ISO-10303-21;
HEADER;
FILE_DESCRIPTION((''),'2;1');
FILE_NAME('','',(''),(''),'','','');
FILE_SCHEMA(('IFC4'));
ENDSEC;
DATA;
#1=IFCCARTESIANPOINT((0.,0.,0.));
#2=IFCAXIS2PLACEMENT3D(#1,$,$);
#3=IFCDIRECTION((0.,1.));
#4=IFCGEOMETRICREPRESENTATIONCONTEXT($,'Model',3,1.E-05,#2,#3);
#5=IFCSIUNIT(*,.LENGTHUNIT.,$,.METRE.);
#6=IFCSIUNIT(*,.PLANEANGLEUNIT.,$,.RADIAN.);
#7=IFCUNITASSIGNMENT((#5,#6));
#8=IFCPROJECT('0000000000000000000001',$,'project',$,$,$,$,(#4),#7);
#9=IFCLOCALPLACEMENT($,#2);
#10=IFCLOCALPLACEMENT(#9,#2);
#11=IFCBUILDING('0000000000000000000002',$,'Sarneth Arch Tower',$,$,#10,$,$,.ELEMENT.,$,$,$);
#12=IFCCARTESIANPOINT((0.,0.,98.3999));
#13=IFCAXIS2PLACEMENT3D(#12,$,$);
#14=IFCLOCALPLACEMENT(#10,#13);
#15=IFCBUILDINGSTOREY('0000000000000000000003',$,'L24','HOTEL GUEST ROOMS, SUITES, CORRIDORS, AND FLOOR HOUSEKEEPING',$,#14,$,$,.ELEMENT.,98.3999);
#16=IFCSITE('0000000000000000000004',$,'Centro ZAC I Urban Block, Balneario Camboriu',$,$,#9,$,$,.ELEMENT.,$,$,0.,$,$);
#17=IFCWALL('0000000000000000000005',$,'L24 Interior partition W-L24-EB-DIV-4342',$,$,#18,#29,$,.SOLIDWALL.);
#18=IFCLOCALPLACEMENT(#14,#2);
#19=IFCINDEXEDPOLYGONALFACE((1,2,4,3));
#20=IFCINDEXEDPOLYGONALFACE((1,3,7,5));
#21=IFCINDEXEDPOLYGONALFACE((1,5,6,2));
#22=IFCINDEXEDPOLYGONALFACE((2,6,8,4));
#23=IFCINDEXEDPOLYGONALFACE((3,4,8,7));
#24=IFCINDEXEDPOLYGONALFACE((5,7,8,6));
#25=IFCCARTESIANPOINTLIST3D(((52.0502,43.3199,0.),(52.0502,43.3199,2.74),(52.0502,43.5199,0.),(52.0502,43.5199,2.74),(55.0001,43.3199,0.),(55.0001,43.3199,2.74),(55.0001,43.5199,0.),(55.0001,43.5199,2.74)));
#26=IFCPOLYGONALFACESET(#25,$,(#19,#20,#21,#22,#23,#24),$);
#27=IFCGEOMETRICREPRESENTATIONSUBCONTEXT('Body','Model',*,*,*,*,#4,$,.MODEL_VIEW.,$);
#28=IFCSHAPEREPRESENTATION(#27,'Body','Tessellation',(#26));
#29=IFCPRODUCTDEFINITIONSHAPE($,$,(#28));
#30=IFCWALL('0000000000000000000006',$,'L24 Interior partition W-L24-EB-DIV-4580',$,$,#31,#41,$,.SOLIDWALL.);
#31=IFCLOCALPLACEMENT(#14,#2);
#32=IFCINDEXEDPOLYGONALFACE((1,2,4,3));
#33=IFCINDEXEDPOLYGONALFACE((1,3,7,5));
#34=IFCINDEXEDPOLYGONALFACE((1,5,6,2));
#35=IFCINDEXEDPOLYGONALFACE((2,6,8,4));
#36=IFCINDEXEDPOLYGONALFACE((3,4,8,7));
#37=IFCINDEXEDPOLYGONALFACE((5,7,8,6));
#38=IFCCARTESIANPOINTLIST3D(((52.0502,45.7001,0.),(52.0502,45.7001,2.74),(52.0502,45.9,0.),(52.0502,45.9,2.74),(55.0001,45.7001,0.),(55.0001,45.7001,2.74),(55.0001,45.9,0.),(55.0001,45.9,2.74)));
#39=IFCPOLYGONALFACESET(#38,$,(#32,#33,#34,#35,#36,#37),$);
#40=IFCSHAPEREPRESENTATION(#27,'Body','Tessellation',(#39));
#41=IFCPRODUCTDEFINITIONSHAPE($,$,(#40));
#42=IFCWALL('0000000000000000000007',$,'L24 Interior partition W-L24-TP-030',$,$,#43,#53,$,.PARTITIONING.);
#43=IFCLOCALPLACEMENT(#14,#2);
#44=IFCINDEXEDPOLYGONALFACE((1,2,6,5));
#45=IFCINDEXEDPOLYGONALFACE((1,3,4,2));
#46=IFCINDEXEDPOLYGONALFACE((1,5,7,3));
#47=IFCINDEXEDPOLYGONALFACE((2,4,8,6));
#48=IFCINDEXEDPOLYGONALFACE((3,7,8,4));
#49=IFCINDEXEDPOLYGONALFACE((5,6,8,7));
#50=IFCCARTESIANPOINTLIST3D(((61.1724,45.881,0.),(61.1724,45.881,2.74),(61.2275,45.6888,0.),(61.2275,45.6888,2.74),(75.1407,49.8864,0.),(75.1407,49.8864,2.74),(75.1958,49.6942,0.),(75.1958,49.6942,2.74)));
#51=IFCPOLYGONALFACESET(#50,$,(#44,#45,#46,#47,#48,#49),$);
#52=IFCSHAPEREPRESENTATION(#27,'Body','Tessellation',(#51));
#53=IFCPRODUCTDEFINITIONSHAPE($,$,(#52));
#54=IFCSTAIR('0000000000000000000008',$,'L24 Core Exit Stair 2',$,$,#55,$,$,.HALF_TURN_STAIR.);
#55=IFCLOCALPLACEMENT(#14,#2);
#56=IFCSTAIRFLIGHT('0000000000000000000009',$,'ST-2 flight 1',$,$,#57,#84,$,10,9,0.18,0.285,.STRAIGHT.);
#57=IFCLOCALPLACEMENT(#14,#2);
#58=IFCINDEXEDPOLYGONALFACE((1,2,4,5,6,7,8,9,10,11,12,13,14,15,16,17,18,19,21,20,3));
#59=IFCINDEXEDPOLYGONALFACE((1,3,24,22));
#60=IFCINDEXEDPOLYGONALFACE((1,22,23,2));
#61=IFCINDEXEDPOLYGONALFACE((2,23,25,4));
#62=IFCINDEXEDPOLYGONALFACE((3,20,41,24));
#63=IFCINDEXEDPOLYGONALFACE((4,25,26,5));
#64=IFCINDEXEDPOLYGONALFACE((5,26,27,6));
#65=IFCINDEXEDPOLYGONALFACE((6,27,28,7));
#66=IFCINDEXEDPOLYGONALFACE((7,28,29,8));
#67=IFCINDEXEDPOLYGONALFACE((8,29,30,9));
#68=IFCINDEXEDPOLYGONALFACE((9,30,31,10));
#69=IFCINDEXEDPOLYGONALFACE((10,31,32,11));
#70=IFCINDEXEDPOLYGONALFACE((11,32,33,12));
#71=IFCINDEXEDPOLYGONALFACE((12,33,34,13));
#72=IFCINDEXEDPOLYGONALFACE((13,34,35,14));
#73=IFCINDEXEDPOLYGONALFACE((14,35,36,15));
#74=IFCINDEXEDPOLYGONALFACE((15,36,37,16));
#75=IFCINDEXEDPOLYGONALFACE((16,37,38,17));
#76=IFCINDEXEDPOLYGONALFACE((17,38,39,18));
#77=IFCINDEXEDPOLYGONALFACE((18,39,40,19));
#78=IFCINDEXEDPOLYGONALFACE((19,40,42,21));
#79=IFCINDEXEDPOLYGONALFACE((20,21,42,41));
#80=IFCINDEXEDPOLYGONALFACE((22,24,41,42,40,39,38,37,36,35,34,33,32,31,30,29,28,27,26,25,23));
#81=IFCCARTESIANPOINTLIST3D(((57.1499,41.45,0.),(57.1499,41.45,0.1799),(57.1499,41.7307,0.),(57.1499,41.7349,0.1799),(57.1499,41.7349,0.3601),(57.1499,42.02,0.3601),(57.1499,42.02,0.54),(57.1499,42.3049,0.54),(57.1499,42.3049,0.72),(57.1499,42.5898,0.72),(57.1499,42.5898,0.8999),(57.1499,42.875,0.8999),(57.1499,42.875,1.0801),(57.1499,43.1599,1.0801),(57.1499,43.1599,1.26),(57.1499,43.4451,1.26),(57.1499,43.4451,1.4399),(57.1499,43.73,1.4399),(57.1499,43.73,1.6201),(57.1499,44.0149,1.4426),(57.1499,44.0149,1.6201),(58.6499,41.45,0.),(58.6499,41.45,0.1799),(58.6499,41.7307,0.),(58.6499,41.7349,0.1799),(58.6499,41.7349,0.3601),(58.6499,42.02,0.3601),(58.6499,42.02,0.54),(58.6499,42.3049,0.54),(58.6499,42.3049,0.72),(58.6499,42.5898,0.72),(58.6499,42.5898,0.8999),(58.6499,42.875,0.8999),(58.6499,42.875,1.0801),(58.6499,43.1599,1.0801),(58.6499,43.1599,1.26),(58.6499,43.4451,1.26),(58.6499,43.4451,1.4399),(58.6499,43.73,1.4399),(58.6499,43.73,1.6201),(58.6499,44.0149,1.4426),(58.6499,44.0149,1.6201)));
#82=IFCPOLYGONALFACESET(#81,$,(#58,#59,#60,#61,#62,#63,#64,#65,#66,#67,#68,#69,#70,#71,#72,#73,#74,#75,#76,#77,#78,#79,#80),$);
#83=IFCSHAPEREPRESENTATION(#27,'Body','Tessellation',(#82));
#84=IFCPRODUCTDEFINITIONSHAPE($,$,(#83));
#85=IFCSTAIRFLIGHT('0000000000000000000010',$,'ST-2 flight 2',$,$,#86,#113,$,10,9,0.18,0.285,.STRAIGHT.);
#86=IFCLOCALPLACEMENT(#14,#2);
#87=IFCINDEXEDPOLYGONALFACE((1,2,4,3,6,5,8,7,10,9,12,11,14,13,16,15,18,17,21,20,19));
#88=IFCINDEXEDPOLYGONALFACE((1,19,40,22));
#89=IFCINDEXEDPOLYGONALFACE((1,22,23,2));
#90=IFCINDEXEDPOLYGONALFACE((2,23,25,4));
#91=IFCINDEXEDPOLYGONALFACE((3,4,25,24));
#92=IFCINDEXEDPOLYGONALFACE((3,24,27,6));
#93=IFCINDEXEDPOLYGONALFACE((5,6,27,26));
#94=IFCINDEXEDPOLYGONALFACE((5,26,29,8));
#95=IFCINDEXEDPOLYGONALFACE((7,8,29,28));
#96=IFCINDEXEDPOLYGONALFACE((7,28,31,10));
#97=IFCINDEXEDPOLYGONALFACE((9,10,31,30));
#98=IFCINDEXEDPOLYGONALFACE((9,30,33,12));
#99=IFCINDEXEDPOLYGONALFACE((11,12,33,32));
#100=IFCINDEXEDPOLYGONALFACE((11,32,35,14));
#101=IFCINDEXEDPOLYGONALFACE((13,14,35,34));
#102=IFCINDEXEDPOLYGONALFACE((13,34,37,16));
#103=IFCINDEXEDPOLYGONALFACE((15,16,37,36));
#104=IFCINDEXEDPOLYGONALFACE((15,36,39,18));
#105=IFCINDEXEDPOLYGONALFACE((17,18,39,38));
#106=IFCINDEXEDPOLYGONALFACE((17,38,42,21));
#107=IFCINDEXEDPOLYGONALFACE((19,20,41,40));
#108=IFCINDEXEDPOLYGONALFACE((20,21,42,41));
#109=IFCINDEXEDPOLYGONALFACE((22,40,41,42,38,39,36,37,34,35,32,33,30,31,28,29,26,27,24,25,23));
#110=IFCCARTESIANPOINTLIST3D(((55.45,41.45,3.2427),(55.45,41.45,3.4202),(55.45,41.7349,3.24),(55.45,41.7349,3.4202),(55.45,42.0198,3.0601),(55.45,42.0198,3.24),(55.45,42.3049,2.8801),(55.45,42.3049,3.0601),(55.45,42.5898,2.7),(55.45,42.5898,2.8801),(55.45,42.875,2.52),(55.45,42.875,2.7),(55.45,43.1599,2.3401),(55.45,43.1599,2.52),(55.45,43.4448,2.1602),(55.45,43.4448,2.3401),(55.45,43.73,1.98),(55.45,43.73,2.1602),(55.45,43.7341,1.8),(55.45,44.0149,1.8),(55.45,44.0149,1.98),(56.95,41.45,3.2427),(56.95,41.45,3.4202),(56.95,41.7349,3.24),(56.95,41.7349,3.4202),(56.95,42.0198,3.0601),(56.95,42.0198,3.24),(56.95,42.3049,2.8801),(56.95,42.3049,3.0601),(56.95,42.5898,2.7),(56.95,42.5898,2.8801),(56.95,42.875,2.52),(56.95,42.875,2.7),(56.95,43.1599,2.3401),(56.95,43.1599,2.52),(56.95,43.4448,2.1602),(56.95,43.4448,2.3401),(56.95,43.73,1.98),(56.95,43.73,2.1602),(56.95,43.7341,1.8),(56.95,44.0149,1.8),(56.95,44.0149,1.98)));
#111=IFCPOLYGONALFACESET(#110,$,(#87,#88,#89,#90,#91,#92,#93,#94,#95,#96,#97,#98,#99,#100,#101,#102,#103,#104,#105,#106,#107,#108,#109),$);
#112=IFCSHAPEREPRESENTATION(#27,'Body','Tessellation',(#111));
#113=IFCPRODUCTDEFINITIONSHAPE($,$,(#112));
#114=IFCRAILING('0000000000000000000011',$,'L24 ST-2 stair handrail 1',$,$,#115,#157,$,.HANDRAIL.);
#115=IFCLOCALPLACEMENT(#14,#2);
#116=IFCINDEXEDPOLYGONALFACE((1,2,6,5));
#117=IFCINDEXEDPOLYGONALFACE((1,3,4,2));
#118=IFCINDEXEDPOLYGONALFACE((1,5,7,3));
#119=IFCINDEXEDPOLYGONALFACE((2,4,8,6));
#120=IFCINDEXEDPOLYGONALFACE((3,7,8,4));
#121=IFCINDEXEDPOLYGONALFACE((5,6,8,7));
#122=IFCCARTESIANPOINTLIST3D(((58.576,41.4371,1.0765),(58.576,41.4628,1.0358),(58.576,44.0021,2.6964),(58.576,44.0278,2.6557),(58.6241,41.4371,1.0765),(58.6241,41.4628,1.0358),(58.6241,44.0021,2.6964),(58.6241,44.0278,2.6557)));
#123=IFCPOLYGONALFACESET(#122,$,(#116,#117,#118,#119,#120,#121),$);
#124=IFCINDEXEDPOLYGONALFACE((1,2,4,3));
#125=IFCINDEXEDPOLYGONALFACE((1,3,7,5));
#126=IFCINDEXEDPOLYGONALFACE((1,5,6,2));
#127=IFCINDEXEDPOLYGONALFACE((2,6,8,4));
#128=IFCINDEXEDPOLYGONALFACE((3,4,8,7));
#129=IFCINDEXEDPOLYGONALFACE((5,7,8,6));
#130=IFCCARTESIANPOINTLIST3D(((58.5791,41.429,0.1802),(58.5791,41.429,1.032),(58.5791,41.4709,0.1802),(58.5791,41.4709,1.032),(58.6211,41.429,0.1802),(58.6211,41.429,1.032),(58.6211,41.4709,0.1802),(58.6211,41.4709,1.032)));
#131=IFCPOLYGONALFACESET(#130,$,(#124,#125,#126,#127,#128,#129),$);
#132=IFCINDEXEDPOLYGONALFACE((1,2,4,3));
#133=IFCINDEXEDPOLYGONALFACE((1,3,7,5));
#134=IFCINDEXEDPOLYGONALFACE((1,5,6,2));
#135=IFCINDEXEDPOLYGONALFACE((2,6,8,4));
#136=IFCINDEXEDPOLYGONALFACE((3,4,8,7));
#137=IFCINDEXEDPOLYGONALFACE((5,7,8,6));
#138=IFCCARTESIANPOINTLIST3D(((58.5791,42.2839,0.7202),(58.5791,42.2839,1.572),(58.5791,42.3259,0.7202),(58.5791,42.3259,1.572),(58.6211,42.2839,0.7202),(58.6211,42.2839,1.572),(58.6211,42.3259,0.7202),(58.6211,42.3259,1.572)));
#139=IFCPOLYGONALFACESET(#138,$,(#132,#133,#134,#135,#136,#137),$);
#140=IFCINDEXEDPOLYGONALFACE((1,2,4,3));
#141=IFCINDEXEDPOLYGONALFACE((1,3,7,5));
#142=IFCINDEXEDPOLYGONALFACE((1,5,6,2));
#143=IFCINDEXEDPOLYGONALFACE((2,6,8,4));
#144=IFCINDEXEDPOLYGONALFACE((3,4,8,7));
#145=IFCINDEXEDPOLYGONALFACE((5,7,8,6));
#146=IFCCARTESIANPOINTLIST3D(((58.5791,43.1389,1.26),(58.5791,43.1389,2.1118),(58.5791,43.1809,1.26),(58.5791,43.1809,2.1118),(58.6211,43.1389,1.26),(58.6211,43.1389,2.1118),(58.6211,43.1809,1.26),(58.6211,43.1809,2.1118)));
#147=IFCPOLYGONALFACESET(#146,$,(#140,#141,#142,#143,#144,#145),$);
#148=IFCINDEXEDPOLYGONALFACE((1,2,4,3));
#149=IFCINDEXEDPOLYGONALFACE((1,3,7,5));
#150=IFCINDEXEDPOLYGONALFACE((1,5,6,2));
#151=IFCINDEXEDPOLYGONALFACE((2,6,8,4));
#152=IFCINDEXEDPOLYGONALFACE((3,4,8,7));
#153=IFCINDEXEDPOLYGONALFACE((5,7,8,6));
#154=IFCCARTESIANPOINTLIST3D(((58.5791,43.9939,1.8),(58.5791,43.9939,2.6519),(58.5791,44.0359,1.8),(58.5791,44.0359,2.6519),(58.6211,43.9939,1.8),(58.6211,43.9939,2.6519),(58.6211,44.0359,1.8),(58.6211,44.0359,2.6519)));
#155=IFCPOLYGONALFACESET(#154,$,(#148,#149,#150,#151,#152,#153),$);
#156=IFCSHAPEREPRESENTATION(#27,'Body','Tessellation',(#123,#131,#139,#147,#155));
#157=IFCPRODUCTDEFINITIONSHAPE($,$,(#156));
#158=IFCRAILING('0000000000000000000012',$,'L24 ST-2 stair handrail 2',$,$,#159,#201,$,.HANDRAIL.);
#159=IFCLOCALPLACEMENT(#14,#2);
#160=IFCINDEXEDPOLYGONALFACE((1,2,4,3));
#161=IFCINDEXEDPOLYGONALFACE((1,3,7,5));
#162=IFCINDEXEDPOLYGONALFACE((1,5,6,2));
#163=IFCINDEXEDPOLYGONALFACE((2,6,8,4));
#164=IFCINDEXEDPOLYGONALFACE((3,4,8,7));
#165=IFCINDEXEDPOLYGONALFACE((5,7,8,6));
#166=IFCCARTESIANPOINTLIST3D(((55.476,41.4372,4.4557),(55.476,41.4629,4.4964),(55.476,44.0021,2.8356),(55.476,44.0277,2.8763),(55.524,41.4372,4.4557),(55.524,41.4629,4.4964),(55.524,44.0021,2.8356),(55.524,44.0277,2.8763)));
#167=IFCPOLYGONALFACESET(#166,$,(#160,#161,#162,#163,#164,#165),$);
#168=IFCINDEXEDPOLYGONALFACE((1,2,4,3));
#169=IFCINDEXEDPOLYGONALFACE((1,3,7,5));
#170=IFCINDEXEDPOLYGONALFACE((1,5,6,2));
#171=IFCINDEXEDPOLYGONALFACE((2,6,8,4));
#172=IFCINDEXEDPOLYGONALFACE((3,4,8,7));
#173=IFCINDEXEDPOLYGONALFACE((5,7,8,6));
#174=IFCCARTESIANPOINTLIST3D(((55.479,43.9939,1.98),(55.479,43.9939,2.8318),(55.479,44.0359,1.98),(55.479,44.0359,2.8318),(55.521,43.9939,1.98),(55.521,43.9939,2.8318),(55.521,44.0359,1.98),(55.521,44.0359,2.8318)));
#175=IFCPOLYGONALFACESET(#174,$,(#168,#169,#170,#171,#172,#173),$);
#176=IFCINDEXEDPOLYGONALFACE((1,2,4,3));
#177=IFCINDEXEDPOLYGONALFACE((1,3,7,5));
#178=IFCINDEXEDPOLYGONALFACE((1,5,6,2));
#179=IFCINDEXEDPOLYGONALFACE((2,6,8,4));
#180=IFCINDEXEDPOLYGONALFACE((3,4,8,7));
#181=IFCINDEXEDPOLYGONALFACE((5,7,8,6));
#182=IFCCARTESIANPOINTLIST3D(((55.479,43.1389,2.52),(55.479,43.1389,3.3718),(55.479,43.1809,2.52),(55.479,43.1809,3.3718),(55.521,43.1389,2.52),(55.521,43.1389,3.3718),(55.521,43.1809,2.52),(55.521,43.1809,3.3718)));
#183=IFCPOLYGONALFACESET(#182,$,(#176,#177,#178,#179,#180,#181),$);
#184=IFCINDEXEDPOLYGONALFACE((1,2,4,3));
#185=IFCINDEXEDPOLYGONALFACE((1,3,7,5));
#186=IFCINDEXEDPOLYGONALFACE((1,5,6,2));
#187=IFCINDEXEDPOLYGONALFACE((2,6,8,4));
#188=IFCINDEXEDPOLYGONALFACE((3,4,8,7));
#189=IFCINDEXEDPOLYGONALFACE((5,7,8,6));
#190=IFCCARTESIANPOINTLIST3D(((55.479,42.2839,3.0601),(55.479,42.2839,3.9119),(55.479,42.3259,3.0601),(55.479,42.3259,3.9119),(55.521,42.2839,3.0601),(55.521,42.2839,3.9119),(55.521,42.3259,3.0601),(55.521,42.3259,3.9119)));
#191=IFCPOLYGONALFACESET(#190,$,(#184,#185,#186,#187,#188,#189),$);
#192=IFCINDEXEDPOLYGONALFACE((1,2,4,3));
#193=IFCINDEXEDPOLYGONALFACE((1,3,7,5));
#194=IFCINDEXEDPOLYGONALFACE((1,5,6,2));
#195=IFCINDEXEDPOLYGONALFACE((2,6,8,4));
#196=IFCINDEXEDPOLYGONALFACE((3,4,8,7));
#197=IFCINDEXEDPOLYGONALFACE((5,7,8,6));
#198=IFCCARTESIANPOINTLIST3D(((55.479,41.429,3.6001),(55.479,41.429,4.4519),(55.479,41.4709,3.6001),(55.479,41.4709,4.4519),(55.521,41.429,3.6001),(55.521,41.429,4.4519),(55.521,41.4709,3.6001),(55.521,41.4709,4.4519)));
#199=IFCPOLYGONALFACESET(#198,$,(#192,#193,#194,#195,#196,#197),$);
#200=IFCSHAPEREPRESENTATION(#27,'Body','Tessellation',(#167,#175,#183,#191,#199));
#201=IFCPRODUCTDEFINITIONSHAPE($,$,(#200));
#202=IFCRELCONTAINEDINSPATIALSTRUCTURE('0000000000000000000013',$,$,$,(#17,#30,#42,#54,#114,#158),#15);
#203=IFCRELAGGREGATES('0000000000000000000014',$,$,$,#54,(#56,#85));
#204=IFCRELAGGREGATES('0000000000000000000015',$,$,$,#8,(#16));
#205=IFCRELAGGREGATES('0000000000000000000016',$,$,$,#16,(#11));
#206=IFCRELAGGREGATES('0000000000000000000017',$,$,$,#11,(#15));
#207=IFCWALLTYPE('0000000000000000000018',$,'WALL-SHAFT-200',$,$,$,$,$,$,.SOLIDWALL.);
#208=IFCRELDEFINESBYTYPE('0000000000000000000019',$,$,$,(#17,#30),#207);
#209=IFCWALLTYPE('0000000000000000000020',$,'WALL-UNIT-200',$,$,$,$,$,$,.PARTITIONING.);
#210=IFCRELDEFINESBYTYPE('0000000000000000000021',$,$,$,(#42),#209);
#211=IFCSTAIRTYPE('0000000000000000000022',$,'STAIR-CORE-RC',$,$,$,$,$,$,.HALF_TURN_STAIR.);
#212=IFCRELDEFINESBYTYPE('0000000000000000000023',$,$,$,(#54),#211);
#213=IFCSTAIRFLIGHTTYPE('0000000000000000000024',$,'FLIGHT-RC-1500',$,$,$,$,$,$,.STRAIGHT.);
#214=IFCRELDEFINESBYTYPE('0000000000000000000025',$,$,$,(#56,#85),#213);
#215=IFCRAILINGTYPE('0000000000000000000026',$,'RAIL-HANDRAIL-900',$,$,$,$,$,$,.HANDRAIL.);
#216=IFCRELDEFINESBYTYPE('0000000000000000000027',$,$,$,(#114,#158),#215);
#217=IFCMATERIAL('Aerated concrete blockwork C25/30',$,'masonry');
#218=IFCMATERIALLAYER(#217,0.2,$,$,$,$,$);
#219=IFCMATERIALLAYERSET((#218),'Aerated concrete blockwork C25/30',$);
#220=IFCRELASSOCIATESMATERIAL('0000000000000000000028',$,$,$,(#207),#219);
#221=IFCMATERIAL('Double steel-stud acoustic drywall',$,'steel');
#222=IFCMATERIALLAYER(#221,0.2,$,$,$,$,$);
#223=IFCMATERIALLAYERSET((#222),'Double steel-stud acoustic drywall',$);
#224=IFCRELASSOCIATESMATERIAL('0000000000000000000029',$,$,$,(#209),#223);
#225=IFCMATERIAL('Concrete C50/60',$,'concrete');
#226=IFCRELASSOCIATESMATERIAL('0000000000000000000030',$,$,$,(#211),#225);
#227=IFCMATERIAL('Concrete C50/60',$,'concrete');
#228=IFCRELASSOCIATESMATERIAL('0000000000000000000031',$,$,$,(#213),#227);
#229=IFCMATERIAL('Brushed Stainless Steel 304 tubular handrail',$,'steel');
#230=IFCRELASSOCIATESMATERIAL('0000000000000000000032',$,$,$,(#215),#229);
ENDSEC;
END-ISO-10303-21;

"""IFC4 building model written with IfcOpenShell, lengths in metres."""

from ifc_helpers import new_model, si_unit, direction, frame, frame_2d, origin, origin_2d, place, context, subcontext, project, spatial, polyline, rectangle, outline, extrude, material, layer, layer_set, type_object, element, aggregate, save


model = new_model("IFC4")

# Units and contexts
model_context = context("Model", 3, precision=1e-05, world=origin(), true_north=direction((0.0, 1.0)))
body_context = subcontext(model_context, "Body", "Model", "MODEL_VIEW")
ifc_project = project(units=[si_unit("LENGTHUNIT", "METRE"), si_unit("PLANEANGLEUNIT", "RADIAN")], contexts=[model_context])

# Site, building, storey
site_placement = place(None, origin())
site = spatial("IfcSite", under=ifc_project, at=site_placement, Name="Centro ZAC I Urban Block, Balneario Camboriu", CompositionType="ELEMENT", RefElevation=0.0)
building_placement = place(site_placement, origin())
building = spatial("IfcBuilding", under=site, at=building_placement, Name="Sarneth Arch Tower", CompositionType="ELEMENT")
storey_placement = place(building_placement, frame((0.0, 0.0, 98.3999)))
storey = spatial("IfcBuildingStorey", under=building, at=storey_placement, Name="L24", Description="HOTEL GUEST ROOMS, SUITES, CORRIDORS, AND FLOOR HOUSEKEEPING", CompositionType="ELEMENT", Elevation=98.3999)

# Walls
ifc_material_1 = material(Name="Aerated concrete blockwork C25/30", Category="masonry")
ifc_layer_1 = layer(ifc_material_1, 0.2)
ifc_layer_set_1 = layer_set([ifc_layer_1], Name="Aerated concrete blockwork C25/30")
wall_type_1 = type_object("IfcWallType", Name="WALL-SHAFT-200", PredefinedType="SOLIDWALL", material=ifc_layer_set_1)
for number, where, z_axis, x_axis, name in (
    (1, (52.05, 43.4199, 0.0), (0.0, 0.0, 1.0), (1.0, 0.0, 0.0), "L24 Interior partition W-L24-EB-DIV-4342"),
    (2, (52.05, 45.8, 0.0), (0.0, 0.0, 1.0), (1.0, 0.0, 0.0), "L24 Interior partition W-L24-EB-DIV-4580"),
):
    element("IfcWall", number, at=place(storey_placement, frame(where, z_axis=z_axis, x_axis=x_axis)), inside=storey, type_object=wall_type_1, Name=name, PredefinedType="SOLIDWALL", context=body_context, shape_type="SweptSolid", body=[
        extrude(rectangle(XDim=2.95, YDim=0.2, at=frame_2d((1.4751, 0.0))), origin(), (0.0, 0.0, 1.0), 2.74),
    ])
ifc_material_2 = material(Name="Double steel-stud acoustic drywall", Category="steel")
ifc_layer_2 = layer(ifc_material_2, 0.2)
ifc_layer_set_2 = layer_set([ifc_layer_2], Name="Double steel-stud acoustic drywall")
wall_type_2 = type_object("IfcWallType", Name="WALL-UNIT-200", PredefinedType="PARTITIONING", material=ifc_layer_set_2)
wall_1_placement = place(storey_placement, frame((61.2, 45.7849, 0.0), z_axis=(0.0, 0.0, 1.0), x_axis=(0.961261, 0.27564, 0.0)))
element("IfcWall", 3, at=wall_1_placement, inside=storey, type_object=wall_type_2, Name="L24 Interior partition W-L24-TP-030", PredefinedType="PARTITIONING", context=body_context, shape_type="SweptSolid", body=[
    extrude(rectangle(XDim=14.5312, YDim=0.2, at=frame_2d((7.2656, 0.0))), origin(), (0.0, 0.0, 1.0), 2.74),
])

# Stair, stair flights
ifc_material_3 = material(Name="Concrete C50/60", Category="concrete")
stair_type = type_object("IfcStairType", Name="STAIR-CORE-RC", PredefinedType="HALF_TURN_STAIR", material=ifc_material_3)
stair_placement = place(storey_placement, origin())
stair = element("IfcStair", 4, at=stair_placement, inside=storey, type_object=stair_type, Name="L24 Core Exit Stair 2", PredefinedType="HALF_TURN_STAIR")
ifc_material_4 = material(Name="Concrete C50/60", Category="concrete")
stair_flight_type = type_object("IfcStairFlightType", Name="FLIGHT-RC-1500", PredefinedType="STRAIGHT", material=ifc_material_4)
stair_flight_1_placement = place(storey_placement, frame((57.8999, 41.45, 0.0), z_axis=(0.0, 0.0, 1.0), x_axis=(0.0, 1.0, 0.0)))
stair_flight_1 = element("IfcStairFlight", 5, at=stair_flight_1_placement, type_object=stair_flight_type, Name="ST-2 flight 1", NumberOfRisers=10, NumberOfTreads=9, PredefinedType="STRAIGHT", RiserHeight=0.18, TreadLength=0.285, context=body_context, shape_type="SweptSolid", body=[
    extrude(outline(polyline([(0.0, 0.0), (0.0, 0.1799), (0.2849, 0.1799), (0.2849, 0.3601), (0.5701, 0.3601), (0.5701, 0.54), (0.855, 0.54), (0.855, 0.72), (1.1399, 0.72), (1.1399, 0.8999), (1.425, 0.8999), (1.425, 1.0801), (1.71, 1.0801), (1.71, 1.26), (1.9951, 1.26), (1.9951, 1.4399), (2.28, 1.4399), (2.28, 1.6201), (2.5649, 1.6201), (2.5649, 1.8), (2.5649, 1.4426), (0.2808, 0.0), (0.0, 0.0)])), frame((0.0, 0.75, 0.0), z_axis=(0.0, -1.0, 0.0), x_axis=(1.0, 0.0, 0.0)), (0.0, 0.0, 1.0), 1.5),
])
stair_flight_2_placement = place(storey_placement, frame((56.2, 44.0149, 1.8), z_axis=(0.0, 0.0, 1.0), x_axis=(0.0, -1.0, 0.0)))
stair_flight_2 = element("IfcStairFlight", 6, at=stair_flight_2_placement, type_object=stair_flight_type, Name="ST-2 flight 2", NumberOfRisers=10, NumberOfTreads=9, PredefinedType="STRAIGHT", RiserHeight=0.18, TreadLength=0.285, context=body_context, shape_type="SweptSolid", body=[
    extrude(outline(polyline([(0.0, 0.0), (0.0, 0.1799), (0.2849, 0.1799), (0.2849, 0.3601), (0.5701, 0.3601), (0.5701, 0.54), (0.855, 0.54), (0.855, 0.72), (1.1399, 0.72), (1.1399, 0.8999), (1.425, 0.8999), (1.425, 1.0801), (1.71, 1.0801), (1.71, 1.26), (1.9951, 1.26), (1.9951, 1.4399), (2.28, 1.4399), (2.28, 1.6201), (2.5649, 1.6201), (2.5649, 1.8), (2.5649, 1.4426), (0.2808, 0.0), (0.0, 0.0)])), frame((0.0, 0.75, 0.0), z_axis=(0.0, -1.0, 0.0), x_axis=(1.0, 0.0, 0.0)), (0.0, 0.0, 1.0), 1.5),
])
aggregate(stair, [stair_flight_1, stair_flight_2])

# Railings
ifc_material_5 = material(Name="Brushed Stainless Steel 304 tubular handrail", Category="steel")
railing_type_1 = type_object("IfcRailingType", Name="RAIL-HANDRAIL-900", PredefinedType="HANDRAIL", material=ifc_material_5)
railing_1_placement = place(storey_placement, frame((58.6001, 41.45, 0.1802)))
element("IfcRailing", 7, at=railing_1_placement, inside=storey, type_object=railing_type_1, Name="L24 ST-2 stair handrail 1", PredefinedType="HANDRAIL", context=body_context, shape_type="SweptSolid", body=[
    extrude(rectangle(XDim=0.0481, YDim=0.0481, at=origin_2d()), frame((0.0, 0.0, 0.876), z_axis=(0.0, 0.845502, 0.533972), x_axis=(-1.0, 0.0, 0.0)), (0.0, 0.0, 1.0), 3.0337),
    extrude(rectangle(XDim=0.042, YDim=0.042, at=origin_2d()), origin(), (0.0, 0.0, 1.0), 0.8518),
    extrude(rectangle(XDim=0.042, YDim=0.042, at=origin_2d()), frame((0.0, 0.855, 0.54)), (0.0, 0.0, 1.0), 0.8518),
    extrude(rectangle(XDim=0.042, YDim=0.042, at=origin_2d()), frame((0.0, 1.71, 1.0798)), (0.0, 0.0, 1.0), 0.8518),
    extrude(rectangle(XDim=0.042, YDim=0.042, at=origin_2d()), frame((0.0, 2.5649, 1.6199)), (0.0, 0.0, 1.0), 0.8518),
])
railing_2_placement = place(storey_placement, frame((55.5, 44.0149, 1.98)))
element("IfcRailing", 8, at=railing_2_placement, inside=storey, type_object=railing_type_1, Name="L24 ST-2 stair handrail 2", PredefinedType="HANDRAIL", context=body_context, shape_type="SweptSolid", body=[
    extrude(rectangle(XDim=0.0481, YDim=0.0481, at=origin_2d()), frame((0.0, 0.0, 0.876), z_axis=(0.0, -0.845466, 0.534029), x_axis=(1.0, 0.0, 0.0)), (0.0, 0.0, 1.0), 3.0337),
    extrude(rectangle(XDim=0.042, YDim=0.042, at=origin_2d()), origin(), (0.0, 0.0, 1.0), 0.8518),
    extrude(rectangle(XDim=0.042, YDim=0.042, at=origin_2d()), frame((0.0, -0.855, 0.54)), (0.0, 0.0, 1.0), 0.8518),
    extrude(rectangle(XDim=0.042, YDim=0.042, at=origin_2d()), frame((0.0, -1.71, 1.0801)), (0.0, 0.0, 1.0), 0.8518),
    extrude(rectangle(XDim=0.042, YDim=0.042, at=origin_2d()), frame((0.0, -2.5649, 1.6201)), (0.0, 0.0, 1.0), 0.8518),
])

save(model, "model.ifc")
